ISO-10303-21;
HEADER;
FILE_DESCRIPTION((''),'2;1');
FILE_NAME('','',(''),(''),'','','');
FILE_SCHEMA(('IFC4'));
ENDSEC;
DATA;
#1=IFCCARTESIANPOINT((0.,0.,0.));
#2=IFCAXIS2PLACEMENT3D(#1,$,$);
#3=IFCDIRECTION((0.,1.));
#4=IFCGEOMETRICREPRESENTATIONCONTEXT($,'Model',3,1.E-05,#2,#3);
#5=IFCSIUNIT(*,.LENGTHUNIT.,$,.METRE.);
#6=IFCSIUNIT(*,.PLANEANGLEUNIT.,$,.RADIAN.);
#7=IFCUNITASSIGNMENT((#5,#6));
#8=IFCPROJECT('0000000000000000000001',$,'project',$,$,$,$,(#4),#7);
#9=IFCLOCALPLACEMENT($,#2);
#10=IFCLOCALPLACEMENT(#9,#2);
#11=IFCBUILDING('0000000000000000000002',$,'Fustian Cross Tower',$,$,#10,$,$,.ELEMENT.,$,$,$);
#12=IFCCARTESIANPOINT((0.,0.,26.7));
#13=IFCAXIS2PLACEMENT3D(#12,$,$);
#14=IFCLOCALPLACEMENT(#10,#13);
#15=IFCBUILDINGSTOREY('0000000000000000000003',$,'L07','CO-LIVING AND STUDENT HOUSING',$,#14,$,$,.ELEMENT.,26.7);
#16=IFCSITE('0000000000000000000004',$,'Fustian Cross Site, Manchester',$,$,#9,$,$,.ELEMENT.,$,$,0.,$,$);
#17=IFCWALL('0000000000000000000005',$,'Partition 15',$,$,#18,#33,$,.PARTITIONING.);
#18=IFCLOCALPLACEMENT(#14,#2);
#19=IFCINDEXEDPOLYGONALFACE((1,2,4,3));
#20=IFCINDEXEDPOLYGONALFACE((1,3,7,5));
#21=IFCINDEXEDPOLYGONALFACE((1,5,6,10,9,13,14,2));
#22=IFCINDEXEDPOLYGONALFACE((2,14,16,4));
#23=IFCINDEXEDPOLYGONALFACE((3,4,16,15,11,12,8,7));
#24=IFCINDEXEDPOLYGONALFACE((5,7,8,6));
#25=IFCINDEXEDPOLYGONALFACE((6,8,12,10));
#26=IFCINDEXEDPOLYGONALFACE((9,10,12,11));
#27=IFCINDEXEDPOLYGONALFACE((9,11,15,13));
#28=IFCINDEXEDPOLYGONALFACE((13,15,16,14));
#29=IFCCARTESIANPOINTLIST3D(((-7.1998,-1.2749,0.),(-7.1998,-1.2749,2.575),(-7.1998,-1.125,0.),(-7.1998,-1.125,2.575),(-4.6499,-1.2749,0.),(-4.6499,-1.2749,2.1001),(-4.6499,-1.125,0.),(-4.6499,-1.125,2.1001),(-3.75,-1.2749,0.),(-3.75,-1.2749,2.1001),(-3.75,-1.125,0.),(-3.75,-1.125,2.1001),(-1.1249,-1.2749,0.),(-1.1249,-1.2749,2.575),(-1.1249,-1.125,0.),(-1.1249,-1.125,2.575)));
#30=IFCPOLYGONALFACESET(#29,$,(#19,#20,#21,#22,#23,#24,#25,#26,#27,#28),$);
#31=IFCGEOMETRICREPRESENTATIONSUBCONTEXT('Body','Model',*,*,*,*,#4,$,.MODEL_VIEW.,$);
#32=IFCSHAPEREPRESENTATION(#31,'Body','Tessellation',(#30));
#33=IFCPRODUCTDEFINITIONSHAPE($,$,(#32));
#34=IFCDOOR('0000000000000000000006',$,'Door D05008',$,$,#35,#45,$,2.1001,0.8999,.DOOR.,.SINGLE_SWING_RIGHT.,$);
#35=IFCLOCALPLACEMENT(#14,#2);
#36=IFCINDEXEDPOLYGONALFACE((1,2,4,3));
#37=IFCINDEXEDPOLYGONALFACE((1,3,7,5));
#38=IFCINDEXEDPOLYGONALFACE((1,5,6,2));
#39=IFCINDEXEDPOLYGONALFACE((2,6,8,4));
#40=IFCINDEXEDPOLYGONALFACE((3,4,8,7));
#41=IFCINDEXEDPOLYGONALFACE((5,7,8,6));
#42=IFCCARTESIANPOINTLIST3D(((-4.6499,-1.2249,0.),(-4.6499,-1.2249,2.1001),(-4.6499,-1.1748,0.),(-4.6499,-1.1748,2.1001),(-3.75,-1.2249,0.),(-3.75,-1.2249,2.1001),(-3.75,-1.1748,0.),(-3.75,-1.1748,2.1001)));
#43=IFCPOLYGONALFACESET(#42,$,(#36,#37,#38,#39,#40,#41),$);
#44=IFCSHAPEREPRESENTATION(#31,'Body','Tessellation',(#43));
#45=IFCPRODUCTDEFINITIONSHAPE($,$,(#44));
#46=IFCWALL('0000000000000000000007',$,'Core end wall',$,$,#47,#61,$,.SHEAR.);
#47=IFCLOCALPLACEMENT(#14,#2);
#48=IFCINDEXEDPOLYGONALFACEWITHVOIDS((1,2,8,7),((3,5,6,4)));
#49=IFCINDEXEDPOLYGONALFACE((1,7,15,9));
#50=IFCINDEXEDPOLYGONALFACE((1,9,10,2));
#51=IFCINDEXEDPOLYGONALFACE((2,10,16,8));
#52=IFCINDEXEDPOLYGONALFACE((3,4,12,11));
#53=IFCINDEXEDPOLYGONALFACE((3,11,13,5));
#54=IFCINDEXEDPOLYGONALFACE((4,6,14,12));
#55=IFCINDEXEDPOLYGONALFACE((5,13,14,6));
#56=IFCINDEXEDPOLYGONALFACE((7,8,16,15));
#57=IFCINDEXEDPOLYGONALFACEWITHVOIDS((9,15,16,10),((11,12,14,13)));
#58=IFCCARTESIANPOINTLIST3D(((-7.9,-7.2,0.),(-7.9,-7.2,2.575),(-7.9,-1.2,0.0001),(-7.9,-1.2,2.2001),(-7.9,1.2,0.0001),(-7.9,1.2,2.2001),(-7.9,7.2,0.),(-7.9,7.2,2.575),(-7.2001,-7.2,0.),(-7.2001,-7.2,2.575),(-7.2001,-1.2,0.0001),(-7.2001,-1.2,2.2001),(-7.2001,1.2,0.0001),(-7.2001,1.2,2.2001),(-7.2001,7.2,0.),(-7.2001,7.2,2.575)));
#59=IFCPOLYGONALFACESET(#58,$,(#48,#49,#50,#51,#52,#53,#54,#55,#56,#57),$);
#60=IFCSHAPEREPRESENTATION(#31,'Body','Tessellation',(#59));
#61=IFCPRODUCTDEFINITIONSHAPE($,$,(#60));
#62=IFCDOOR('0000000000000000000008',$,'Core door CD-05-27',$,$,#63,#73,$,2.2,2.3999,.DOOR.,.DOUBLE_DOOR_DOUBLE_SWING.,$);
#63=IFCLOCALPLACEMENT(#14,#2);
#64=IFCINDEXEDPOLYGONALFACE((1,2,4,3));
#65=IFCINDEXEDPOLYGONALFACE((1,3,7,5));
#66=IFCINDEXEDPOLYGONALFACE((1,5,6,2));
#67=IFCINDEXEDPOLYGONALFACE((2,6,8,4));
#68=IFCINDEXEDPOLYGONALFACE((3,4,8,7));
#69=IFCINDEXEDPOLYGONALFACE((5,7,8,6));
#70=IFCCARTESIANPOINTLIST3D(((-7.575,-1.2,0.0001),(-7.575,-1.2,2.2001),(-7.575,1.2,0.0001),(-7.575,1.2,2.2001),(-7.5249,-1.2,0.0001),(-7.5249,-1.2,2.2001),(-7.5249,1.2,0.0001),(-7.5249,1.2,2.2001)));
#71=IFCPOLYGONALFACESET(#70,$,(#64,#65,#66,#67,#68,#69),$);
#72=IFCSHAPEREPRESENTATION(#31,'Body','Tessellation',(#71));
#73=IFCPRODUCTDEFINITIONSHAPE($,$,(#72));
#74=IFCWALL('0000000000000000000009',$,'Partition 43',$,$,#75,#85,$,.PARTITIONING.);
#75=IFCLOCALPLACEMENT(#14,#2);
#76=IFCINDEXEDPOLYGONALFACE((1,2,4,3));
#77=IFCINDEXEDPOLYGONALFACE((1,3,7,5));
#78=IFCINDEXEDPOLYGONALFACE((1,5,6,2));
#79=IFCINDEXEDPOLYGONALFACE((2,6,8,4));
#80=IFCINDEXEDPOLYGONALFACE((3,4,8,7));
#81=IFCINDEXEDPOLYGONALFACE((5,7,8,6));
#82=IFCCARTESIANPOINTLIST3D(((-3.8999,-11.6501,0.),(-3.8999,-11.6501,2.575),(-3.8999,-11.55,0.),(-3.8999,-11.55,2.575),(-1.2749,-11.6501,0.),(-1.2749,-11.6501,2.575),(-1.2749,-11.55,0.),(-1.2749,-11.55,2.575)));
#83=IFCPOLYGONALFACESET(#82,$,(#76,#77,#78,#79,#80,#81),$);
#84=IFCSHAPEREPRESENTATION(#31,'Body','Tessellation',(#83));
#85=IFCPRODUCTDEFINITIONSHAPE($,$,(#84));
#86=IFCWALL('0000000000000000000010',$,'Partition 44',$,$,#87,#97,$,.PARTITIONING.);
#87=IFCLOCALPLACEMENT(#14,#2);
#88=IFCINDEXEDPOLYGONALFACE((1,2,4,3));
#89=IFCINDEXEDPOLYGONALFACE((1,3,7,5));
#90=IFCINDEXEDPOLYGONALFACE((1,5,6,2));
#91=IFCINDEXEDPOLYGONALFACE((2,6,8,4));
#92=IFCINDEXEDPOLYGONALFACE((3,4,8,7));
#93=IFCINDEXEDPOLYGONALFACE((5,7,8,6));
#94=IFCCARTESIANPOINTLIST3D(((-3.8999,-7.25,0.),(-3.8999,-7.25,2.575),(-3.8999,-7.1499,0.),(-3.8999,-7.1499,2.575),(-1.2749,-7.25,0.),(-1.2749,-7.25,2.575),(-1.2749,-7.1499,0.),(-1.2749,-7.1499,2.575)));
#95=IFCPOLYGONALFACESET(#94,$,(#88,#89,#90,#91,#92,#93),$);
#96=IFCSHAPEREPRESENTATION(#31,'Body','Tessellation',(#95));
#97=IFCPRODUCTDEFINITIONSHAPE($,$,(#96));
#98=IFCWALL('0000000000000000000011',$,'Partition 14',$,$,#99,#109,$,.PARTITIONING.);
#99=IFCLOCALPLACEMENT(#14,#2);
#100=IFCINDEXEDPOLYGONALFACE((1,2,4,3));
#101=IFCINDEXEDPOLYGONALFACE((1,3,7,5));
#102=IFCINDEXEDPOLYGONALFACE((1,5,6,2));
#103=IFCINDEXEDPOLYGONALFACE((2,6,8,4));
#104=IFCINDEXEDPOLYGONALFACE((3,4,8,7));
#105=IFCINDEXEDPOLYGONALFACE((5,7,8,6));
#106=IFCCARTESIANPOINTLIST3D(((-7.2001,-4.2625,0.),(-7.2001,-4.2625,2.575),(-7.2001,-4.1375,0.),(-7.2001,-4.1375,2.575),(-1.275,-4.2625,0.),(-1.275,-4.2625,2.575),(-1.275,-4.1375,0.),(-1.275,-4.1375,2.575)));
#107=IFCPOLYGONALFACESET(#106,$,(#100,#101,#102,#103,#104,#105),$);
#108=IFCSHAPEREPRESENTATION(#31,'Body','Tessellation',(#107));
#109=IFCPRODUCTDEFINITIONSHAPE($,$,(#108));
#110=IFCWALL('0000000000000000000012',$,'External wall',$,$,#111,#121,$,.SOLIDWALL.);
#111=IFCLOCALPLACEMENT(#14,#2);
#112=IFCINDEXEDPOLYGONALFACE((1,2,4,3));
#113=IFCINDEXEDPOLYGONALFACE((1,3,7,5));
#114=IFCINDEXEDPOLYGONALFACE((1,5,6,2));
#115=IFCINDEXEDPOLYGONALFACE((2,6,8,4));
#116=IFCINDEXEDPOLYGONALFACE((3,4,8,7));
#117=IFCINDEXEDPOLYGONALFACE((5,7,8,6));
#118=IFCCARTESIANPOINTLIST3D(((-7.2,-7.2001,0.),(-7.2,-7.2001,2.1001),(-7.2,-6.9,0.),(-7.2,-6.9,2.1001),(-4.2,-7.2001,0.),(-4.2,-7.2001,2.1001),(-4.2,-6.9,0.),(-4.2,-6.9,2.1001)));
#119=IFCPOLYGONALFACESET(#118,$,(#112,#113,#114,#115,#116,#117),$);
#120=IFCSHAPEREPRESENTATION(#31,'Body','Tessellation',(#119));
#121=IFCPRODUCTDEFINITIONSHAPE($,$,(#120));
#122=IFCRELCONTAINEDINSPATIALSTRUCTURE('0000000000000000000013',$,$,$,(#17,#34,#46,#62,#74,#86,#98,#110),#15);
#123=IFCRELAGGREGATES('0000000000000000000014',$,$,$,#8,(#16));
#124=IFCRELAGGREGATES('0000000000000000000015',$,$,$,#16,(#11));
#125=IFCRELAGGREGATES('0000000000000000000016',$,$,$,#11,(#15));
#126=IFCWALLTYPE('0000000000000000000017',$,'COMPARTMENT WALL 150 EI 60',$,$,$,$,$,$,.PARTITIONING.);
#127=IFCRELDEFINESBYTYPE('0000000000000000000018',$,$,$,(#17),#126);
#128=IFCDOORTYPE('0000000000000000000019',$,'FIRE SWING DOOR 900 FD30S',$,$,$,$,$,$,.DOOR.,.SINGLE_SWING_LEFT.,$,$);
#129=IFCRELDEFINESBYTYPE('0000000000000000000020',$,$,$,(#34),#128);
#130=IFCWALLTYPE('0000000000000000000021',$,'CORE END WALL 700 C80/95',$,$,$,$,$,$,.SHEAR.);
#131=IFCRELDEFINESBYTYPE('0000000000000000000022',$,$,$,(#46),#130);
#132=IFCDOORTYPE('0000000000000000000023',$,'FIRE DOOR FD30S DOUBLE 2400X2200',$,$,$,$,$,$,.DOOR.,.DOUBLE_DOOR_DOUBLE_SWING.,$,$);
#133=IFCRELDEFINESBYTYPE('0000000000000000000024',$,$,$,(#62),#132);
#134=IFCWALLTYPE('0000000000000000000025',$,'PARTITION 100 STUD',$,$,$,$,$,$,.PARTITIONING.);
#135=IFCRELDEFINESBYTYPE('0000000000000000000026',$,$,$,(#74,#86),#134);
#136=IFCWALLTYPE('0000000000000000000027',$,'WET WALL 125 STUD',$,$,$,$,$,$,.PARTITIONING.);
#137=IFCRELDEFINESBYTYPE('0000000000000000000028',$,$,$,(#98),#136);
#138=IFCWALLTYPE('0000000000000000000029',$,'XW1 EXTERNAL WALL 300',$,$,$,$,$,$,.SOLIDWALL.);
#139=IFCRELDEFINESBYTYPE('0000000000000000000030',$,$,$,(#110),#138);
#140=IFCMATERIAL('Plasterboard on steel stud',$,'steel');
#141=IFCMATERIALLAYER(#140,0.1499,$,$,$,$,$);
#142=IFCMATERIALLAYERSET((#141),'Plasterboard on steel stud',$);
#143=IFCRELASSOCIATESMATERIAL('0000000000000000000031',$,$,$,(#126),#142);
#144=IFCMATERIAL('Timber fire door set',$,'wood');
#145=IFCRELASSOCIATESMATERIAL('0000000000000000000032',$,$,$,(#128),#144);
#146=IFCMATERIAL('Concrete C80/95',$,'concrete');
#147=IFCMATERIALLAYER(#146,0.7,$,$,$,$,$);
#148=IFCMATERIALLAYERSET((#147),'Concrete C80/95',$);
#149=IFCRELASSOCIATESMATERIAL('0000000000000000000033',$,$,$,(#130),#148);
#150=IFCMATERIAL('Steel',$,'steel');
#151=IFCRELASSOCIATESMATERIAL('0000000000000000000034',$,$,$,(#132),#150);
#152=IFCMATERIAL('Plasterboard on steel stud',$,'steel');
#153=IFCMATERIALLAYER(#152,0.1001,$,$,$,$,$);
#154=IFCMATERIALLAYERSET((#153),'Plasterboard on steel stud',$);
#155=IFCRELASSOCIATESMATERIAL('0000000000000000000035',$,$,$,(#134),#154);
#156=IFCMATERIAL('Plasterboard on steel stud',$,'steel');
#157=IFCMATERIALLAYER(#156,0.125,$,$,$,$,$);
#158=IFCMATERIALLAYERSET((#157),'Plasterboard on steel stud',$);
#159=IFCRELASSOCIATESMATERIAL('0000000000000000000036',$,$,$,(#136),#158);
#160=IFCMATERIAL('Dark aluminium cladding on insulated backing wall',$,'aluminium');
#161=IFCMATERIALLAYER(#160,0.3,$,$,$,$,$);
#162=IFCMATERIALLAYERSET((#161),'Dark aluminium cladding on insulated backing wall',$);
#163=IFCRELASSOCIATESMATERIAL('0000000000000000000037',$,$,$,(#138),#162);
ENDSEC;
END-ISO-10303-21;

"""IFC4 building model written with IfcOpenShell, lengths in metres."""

from ifc_helpers import new_model, si_unit, direction, frame, frame_2d, origin, place, context, subcontext, project, spatial, rectangle, extrude, material, layer, layer_set, type_object, element, fill, save


model = new_model("IFC4")

# Units and contexts
model_context = context("Model", 3, precision=1e-05, world=origin(), true_north=direction((0.0, 1.0)))
body_context = subcontext(model_context, "Body", "Model", "MODEL_VIEW")
ifc_project = project(units=[si_unit("LENGTHUNIT", "METRE"), si_unit("PLANEANGLEUNIT", "RADIAN")], contexts=[model_context])

# Site, building, storey
site_placement = place(None, origin())
site = spatial("IfcSite", under=ifc_project, at=site_placement, Name="Fustian Cross Site, Manchester", CompositionType="ELEMENT", RefElevation=0.0)
building_placement = place(site_placement, origin())
building = spatial("IfcBuilding", under=site, at=building_placement, Name="Fustian Cross Tower", CompositionType="ELEMENT")
storey_placement = place(building_placement, frame((0.0, 0.0, 26.7)))
storey = spatial("IfcBuildingStorey", under=building, at=storey_placement, Name="L07", Description="CO-LIVING AND STUDENT HOUSING", CompositionType="ELEMENT", Elevation=26.7)

# Walls, openings, doors
ifc_material_1 = material(Name="Plasterboard on steel stud", Category="steel")
ifc_layer_1 = layer(ifc_material_1, 0.1499)
ifc_layer_set_1 = layer_set([ifc_layer_1], Name="Plasterboard on steel stud")
wall_type_1 = type_object("IfcWallType", Name="COMPARTMENT WALL 150 EI 60", PredefinedType="PARTITIONING", material=ifc_layer_set_1)
wall_1_placement = place(storey_placement, frame((-7.2, -1.2, 0.0), z_axis=(0.0, 0.0, 1.0), x_axis=(1.0, 0.0, 0.0)))
wall_1 = element("IfcWall", 1, at=wall_1_placement, inside=storey, type_object=wall_type_1, Name="Partition 15", PredefinedType="PARTITIONING", context=body_context, shape_type="SweptSolid", body=[
    extrude(rectangle(XDim=6.075, YDim=0.1499, at=frame_2d((3.0376, 0.0))), origin(), (0.0, 0.0, 1.0), 2.575),
])
opening_1_placement = place(wall_1_placement, frame((2.55, 0.0, 0.0)))
opening_1 = element("IfcOpeningElement", 2, at=opening_1_placement, cuts=wall_1, PredefinedType="OPENING", context=body_context, shape_type="SweptSolid", body=[
    extrude(rectangle(XDim=0.8999, YDim=2.1001, at=frame_2d((0.45, 1.05))), frame((0.0, 0.085, 0.0), z_axis=(0.0, -1.0, 0.0), x_axis=(1.0, 0.0, 0.0)), (0.0, 0.0, 1.0), 0.1699),
])
ifc_material_2 = material(Name="Timber fire door set", Category="wood")
door_type_1 = type_object("IfcDoorType", Name="FIRE SWING DOOR 900 FD30S", OperationType="SINGLE_SWING_LEFT", PredefinedType="DOOR", material=ifc_material_2)
door_1_placement = place(opening_1_placement, frame((0.8999, 0.0, 0.0), z_axis=(0.0, 0.0, 1.0), x_axis=(-1.0, 0.0, 0.0)))
door_1 = element("IfcDoor", 3, at=door_1_placement, inside=storey, type_object=door_type_1, Name="Door D05008", OperationType="SINGLE_SWING_RIGHT", OverallHeight=2.1001, OverallWidth=0.8999, PredefinedType="DOOR", context=body_context, shape_type="SweptSolid", body=[
    extrude(rectangle(XDim=0.8999, YDim=2.1001, at=frame_2d((0.45, 1.05))), frame((0.0, 0.0249, 0.0), z_axis=(0.0, -1.0, 0.0), x_axis=(1.0, 0.0, 0.0)), (0.0, 0.0, 1.0), 0.05),
])
fill(opening_1, door_1)
ifc_material_3 = material(Name="Concrete C80/95", Category="concrete")
ifc_layer_2 = layer(ifc_material_3, 0.7)
ifc_layer_set_2 = layer_set([ifc_layer_2], Name="Concrete C80/95")
wall_type_2 = type_object("IfcWallType", Name="CORE END WALL 700 C80/95", PredefinedType="SHEAR", material=ifc_layer_set_2)
wall_2_placement = place(storey_placement, frame((-7.55, -7.2, 0.0), z_axis=(0.0, 0.0, 1.0), x_axis=(0.0, 1.0, 0.0)))
wall_2 = element("IfcWall", 4, at=wall_2_placement, inside=storey, type_object=wall_type_2, Name="Core end wall", PredefinedType="SHEAR", context=body_context, shape_type="SweptSolid", body=[
    extrude(rectangle(XDim=14.3999, YDim=0.7, at=frame_2d((7.2, 0.0))), origin(), (0.0, 0.0, 1.0), 2.575),
])
opening_2_placement = place(wall_2_placement, frame((6.0, 0.0, 0.0)))
opening_2 = element("IfcOpeningElement", 5, at=opening_2_placement, cuts=wall_2, PredefinedType="OPENING", context=body_context, shape_type="SweptSolid", body=[
    extrude(rectangle(XDim=2.3999, YDim=2.2, at=frame_2d((1.2, 1.1001))), frame((0.0, 0.3599, 0.0), z_axis=(0.0, -1.0, 0.0), x_axis=(1.0, 0.0, 0.0)), (0.0, 0.0, 1.0), 0.72),
])
ifc_material_4 = material(Name="Steel", Category="steel")
door_type_2 = type_object("IfcDoorType", Name="FIRE DOOR FD30S DOUBLE 2400X2200", OperationType="DOUBLE_DOOR_DOUBLE_SWING", PredefinedType="DOOR", material=ifc_material_4)
door_2_placement = place(opening_2_placement, origin())
door_2 = element("IfcDoor", 6, at=door_2_placement, inside=storey, type_object=door_type_2, Name="Core door CD-05-27", OperationType="DOUBLE_DOOR_DOUBLE_SWING", OverallHeight=2.2, OverallWidth=2.3999, PredefinedType="DOOR", context=body_context, shape_type="SweptSolid", body=[
    extrude(rectangle(XDim=2.3999, YDim=2.2, at=frame_2d((1.2, 1.1001))), frame((0.0, 0.0249, 0.0), z_axis=(0.0, -1.0, 0.0), x_axis=(1.0, 0.0, 0.0)), (0.0, 0.0, 1.0), 0.05),
])
fill(opening_2, door_2)

# Walls
ifc_material_5 = material(Name="Plasterboard on steel stud", Category="steel")
ifc_layer_3 = layer(ifc_material_5, 0.1001)
ifc_layer_set_3 = layer_set([ifc_layer_3], Name="Plasterboard on steel stud")
wall_type_3 = type_object("IfcWallType", Name="PARTITION 100 STUD", PredefinedType="PARTITIONING", material=ifc_layer_set_3)
for number, where, z_axis, x_axis, name in (
    (7, (-3.8999, -11.6001, 0.0), (0.0, 0.0, 1.0), (1.0, 0.0, 0.0), "Partition 43"),
    (8, (-3.8999, -7.2, 0.0), (0.0, 0.0, 1.0), (1.0, 0.0, 0.0), "Partition 44"),
):
    element("IfcWall", number, at=place(storey_placement, frame(where, z_axis=z_axis, x_axis=x_axis)), inside=storey, type_object=wall_type_3, Name=name, PredefinedType="PARTITIONING", context=body_context, shape_type="SweptSolid", body=[
        extrude(rectangle(XDim=2.625, YDim=0.1001, at=frame_2d((1.3125, 0.0))), origin(), (0.0, 0.0, 1.0), 2.575),
    ])
ifc_material_6 = material(Name="Plasterboard on steel stud", Category="steel")
ifc_layer_4 = layer(ifc_material_6, 0.125)
ifc_layer_set_4 = layer_set([ifc_layer_4], Name="Plasterboard on steel stud")
wall_type_4 = type_object("IfcWallType", Name="WET WALL 125 STUD", PredefinedType="PARTITIONING", material=ifc_layer_set_4)
wall_3_placement = place(storey_placement, frame((-7.2, -4.2, 0.0), z_axis=(0.0, 0.0, 1.0), x_axis=(1.0, 0.0, 0.0)))
element("IfcWall", 9, at=wall_3_placement, inside=storey, type_object=wall_type_4, Name="Partition 14", PredefinedType="PARTITIONING", context=body_context, shape_type="SweptSolid", body=[
    extrude(rectangle(XDim=5.925, YDim=0.125, at=frame_2d((2.9624, 0.0))), origin(), (0.0, 0.0, 1.0), 2.575),
])
ifc_material_7 = material(Name="Dark aluminium cladding on insulated backing wall", Category="aluminium")
ifc_layer_5 = layer(ifc_material_7, 0.3)
ifc_layer_set_5 = layer_set([ifc_layer_5], Name="Dark aluminium cladding on insulated backing wall")
wall_type_5 = type_object("IfcWallType", Name="XW1 EXTERNAL WALL 300", PredefinedType="SOLIDWALL", material=ifc_layer_set_5)
wall_4_placement = place(storey_placement, frame((-7.2, -7.05, 0.0), z_axis=(0.0, 0.0, 1.0), x_axis=(1.0, 0.0, 0.0)))
element("IfcWall", 10, at=wall_4_placement, inside=storey, type_object=wall_type_5, Name="External wall", PredefinedType="SOLIDWALL", context=body_context, shape_type="SweptSolid", body=[
    extrude(rectangle(XDim=3.0, YDim=0.3, at=frame_2d((1.5, 0.0))), origin(), (0.0, 0.0, 1.0), 2.1001),
])

save(model, "model.ifc")
